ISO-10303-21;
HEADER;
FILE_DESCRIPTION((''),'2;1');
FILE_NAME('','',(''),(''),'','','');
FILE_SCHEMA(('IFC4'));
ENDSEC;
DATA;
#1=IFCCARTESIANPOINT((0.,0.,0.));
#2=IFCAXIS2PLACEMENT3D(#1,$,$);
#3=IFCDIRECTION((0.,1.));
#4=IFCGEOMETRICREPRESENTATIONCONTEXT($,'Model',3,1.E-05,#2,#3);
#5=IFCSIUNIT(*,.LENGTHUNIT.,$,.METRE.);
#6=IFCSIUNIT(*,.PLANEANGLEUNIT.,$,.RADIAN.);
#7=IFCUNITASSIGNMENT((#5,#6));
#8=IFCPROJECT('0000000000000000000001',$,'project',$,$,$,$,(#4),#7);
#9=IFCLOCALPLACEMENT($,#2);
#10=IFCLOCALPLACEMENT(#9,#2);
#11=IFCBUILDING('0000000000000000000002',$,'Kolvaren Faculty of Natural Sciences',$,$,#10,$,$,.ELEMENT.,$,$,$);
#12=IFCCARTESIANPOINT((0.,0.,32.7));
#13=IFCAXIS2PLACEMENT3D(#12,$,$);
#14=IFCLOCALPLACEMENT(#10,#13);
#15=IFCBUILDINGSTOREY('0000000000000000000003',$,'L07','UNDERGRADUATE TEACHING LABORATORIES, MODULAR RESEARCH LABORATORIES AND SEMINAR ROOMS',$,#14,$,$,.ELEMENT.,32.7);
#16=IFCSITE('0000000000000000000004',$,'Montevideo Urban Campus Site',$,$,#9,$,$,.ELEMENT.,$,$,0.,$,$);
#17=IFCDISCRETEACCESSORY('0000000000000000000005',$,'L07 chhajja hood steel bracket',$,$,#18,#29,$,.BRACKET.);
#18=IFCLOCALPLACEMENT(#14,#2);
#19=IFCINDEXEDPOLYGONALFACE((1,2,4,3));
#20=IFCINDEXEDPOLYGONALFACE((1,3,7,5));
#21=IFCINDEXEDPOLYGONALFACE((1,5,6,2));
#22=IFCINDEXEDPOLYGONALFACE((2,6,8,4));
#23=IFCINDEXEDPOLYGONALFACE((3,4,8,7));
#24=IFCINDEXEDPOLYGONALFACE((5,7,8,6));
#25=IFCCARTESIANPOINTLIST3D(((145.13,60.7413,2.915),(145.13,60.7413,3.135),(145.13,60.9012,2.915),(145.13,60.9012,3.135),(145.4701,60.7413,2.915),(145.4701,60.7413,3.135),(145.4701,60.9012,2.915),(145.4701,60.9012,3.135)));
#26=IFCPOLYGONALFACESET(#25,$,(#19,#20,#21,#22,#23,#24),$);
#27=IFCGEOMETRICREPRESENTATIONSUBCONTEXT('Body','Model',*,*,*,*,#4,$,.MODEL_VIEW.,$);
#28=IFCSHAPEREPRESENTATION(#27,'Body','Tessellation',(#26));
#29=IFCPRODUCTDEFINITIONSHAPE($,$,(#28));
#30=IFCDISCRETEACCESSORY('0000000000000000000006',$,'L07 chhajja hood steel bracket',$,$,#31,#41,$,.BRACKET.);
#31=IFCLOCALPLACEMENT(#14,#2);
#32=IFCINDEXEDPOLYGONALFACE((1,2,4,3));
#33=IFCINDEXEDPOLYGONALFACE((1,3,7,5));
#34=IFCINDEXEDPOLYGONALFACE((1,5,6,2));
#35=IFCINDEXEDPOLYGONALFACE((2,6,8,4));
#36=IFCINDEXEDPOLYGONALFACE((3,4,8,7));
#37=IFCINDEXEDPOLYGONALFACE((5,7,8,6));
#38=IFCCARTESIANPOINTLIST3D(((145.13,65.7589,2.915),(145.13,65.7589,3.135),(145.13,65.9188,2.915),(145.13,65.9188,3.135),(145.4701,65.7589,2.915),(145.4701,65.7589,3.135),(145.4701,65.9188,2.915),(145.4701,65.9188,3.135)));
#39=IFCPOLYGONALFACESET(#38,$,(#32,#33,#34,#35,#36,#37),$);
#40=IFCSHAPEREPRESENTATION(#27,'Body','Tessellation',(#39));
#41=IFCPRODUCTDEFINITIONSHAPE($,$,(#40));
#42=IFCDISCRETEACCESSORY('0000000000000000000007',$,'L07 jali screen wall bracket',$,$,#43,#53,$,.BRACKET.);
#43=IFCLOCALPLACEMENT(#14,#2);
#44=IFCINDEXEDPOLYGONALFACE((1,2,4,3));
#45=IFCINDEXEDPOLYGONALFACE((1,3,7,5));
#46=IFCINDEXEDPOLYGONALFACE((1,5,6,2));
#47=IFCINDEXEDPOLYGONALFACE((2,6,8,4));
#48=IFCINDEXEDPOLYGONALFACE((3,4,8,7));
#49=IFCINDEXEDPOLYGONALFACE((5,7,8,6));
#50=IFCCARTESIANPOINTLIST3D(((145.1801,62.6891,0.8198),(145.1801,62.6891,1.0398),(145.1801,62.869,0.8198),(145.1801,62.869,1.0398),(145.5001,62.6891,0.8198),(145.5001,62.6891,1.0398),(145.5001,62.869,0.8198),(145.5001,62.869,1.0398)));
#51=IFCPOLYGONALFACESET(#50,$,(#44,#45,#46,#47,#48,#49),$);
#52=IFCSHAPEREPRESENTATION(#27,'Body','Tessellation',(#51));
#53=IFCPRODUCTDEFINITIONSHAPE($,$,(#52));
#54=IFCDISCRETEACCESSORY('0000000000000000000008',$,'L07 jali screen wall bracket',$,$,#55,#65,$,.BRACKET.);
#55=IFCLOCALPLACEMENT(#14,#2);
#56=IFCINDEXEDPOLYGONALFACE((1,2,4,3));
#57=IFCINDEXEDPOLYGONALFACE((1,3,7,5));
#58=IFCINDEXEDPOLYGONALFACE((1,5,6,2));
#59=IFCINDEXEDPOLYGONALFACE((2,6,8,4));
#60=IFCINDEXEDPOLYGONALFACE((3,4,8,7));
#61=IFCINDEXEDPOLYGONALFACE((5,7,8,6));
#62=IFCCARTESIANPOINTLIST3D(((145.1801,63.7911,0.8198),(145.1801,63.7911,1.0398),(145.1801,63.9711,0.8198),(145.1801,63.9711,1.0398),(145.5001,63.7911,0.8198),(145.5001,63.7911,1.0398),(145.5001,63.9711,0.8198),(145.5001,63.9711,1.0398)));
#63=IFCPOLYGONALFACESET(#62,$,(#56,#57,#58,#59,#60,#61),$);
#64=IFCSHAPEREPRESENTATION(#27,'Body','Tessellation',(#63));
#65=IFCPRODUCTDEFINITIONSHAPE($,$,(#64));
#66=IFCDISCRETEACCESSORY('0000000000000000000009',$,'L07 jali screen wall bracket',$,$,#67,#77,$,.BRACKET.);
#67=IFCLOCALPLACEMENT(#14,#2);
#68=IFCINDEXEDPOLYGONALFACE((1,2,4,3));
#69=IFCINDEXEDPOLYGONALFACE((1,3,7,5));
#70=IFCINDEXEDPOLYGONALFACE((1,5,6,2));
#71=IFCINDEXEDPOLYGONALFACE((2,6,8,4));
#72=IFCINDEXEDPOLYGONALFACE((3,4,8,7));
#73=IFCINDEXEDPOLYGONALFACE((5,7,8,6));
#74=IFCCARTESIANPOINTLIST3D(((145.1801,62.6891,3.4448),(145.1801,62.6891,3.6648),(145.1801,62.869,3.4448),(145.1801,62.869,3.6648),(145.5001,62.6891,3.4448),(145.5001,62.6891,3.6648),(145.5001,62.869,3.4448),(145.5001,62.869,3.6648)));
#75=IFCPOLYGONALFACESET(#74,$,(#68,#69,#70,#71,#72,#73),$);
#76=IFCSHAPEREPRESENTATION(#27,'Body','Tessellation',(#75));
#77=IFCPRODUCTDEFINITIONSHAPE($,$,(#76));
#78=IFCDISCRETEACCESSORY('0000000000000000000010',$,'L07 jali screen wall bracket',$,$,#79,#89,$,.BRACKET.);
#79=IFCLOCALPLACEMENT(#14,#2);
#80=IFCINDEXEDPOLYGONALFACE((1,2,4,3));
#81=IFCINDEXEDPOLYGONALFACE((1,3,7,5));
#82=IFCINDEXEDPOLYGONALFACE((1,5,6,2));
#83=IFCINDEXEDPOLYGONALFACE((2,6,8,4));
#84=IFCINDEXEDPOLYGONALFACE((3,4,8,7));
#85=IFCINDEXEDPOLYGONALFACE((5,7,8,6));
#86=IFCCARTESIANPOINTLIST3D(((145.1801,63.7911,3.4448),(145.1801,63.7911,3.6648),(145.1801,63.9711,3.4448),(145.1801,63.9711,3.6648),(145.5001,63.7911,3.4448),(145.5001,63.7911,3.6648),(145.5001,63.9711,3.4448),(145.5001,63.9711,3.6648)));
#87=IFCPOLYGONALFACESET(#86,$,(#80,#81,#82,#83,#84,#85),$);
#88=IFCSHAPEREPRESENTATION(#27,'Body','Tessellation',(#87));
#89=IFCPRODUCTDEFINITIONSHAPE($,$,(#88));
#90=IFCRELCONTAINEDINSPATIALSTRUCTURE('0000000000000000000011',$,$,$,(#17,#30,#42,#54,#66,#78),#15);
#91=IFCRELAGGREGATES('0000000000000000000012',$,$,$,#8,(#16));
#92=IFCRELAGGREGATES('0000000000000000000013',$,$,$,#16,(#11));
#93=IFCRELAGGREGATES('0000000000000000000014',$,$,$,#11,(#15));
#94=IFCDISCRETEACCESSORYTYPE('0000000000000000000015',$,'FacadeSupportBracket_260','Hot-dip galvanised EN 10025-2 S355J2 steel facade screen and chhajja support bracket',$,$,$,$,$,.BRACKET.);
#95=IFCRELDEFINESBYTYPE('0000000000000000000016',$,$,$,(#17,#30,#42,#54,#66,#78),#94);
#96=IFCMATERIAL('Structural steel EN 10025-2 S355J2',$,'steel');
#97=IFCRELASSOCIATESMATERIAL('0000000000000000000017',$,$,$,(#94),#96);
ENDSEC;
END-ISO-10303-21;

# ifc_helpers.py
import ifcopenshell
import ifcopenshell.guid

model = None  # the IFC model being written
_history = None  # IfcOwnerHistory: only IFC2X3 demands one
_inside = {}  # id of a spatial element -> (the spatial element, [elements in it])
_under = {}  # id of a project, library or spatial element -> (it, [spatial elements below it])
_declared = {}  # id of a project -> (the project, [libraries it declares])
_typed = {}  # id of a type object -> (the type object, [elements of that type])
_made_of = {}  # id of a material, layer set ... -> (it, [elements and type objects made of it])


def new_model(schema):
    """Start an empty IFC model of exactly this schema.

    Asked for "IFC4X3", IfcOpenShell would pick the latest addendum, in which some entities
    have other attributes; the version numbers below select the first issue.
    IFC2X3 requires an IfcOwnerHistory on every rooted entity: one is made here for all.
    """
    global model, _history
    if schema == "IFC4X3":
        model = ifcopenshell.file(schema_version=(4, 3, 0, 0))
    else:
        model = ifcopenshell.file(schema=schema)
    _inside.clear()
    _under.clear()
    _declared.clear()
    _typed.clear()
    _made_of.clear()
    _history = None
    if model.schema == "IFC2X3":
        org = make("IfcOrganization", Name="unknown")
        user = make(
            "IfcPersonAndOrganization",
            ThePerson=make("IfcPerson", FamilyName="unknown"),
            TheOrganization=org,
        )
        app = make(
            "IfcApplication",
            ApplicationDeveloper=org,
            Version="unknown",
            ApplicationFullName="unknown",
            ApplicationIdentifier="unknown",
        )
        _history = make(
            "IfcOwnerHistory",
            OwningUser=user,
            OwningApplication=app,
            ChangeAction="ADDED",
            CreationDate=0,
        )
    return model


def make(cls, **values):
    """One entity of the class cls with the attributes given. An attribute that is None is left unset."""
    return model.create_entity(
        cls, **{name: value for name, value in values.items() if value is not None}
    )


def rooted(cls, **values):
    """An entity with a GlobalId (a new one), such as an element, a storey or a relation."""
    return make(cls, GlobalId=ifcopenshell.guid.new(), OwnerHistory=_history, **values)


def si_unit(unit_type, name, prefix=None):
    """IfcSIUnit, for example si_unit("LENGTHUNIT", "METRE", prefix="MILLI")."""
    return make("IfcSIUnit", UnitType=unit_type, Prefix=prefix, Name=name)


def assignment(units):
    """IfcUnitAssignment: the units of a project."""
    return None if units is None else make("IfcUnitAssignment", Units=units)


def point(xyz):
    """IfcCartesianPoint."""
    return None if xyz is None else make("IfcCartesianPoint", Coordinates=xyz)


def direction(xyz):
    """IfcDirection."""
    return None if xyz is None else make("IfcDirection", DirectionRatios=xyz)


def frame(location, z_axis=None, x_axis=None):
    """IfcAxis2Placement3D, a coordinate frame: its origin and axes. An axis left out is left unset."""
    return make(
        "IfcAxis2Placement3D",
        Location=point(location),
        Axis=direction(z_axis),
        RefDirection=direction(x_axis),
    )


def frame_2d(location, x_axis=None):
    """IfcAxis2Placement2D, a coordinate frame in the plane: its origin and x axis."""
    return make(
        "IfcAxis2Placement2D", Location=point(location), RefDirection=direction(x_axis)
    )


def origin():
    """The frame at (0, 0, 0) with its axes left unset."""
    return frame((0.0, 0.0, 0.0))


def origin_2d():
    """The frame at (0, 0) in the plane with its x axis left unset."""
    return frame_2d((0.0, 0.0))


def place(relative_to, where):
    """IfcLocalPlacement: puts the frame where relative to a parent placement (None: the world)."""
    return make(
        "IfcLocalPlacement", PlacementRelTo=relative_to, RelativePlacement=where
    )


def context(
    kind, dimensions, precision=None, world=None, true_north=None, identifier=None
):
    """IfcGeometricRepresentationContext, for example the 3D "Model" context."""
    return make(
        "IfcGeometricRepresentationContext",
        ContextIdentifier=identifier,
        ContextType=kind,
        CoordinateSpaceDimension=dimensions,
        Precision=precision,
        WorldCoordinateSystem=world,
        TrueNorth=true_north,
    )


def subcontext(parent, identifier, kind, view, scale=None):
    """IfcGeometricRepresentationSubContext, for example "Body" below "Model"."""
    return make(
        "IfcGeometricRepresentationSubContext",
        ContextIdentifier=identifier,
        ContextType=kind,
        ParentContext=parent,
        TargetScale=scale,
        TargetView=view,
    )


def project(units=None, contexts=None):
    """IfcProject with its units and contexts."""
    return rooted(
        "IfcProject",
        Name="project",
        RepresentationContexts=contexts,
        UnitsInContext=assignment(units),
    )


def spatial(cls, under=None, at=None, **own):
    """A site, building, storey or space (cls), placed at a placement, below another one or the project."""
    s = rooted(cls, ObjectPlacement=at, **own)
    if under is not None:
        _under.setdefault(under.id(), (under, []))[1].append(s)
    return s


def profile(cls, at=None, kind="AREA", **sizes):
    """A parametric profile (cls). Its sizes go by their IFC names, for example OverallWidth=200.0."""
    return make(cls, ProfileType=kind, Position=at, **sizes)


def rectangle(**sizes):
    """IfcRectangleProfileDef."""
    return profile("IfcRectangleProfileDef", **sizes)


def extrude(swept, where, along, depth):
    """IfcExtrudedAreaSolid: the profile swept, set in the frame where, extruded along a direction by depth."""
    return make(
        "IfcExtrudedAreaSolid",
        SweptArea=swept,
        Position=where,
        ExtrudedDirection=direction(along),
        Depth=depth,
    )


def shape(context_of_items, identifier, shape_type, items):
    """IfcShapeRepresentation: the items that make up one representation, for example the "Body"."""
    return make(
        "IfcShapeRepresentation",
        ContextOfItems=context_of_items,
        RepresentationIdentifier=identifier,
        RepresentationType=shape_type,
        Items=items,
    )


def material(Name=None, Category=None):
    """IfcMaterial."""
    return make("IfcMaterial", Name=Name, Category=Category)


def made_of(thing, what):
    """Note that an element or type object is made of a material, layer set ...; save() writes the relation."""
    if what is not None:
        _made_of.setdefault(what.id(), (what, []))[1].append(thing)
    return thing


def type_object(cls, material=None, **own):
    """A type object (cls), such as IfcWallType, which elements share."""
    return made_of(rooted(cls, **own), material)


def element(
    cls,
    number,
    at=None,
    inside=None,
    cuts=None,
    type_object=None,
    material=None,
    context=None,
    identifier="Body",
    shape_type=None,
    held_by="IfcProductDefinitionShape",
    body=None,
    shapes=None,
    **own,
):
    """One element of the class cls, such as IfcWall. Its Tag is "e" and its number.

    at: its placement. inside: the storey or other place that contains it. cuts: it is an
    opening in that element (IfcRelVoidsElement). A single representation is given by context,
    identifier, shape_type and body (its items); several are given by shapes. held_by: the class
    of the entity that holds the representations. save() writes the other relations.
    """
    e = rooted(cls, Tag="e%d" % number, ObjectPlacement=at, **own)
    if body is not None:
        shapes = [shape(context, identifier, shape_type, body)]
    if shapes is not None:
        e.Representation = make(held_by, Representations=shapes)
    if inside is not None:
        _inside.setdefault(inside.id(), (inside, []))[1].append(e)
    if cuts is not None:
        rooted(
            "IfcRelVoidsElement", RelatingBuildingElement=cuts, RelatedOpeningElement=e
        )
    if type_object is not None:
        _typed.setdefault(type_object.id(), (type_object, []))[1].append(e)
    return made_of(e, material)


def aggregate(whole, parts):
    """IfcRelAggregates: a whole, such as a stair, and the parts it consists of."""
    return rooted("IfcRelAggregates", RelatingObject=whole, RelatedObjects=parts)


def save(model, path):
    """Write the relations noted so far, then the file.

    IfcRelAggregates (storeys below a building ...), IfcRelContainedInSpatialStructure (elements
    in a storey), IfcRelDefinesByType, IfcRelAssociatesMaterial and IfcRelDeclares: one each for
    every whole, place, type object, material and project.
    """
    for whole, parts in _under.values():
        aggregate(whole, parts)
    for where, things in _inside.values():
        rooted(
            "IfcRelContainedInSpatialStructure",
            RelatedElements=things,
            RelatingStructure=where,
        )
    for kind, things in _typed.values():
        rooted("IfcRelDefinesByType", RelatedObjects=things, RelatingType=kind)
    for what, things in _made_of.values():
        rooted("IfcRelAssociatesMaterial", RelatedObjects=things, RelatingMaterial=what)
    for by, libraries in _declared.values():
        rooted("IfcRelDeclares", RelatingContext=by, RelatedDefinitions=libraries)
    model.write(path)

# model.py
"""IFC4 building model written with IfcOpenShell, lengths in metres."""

from ifc_helpers import new_model, si_unit, direction, frame, origin, origin_2d, place, context, subcontext, project, spatial, rectangle, extrude, material, type_object, element, save


model = new_model("IFC4")

# Units and contexts
model_context = context("Model", 3, precision=1e-05, world=origin(), true_north=direction((0.0, 1.0)))
body_context = subcontext(model_context, "Body", "Model", "MODEL_VIEW")
ifc_project = project(units=[si_unit("LENGTHUNIT", "METRE"), si_unit("PLANEANGLEUNIT", "RADIAN")], contexts=[model_context])

# Site, building, storey
site_placement = place(None, origin())
site = spatial("IfcSite", under=ifc_project, at=site_placement, Name="Montevideo Urban Campus Site", CompositionType="ELEMENT", RefElevation=0.0)
building_placement = place(site_placement, origin())
building = spatial("IfcBuilding", under=site, at=building_placement, Name="Kolvaren Faculty of Natural Sciences", CompositionType="ELEMENT")
storey_placement = place(building_placement, frame((0.0, 0.0, 32.7)))
storey = spatial("IfcBuildingStorey", under=building, at=storey_placement, Name="L07", Description="UNDERGRADUATE TEACHING LABORATORIES, MODULAR RESEARCH LABORATORIES AND SEMINAR ROOMS", CompositionType="ELEMENT", Elevation=32.7)

# Discrete accessories
ifc_material_1 = material(Name="Structural steel EN 10025-2 S355J2", Category="steel")
discrete_accessory_type = type_object("IfcDiscreteAccessoryType", Name="FacadeSupportBracket_260", Description="Hot-dip galvanised EN 10025-2 S355J2 steel facade screen and chhajja support bracket", PredefinedType="BRACKET", material=ifc_material_1)
for number, where, z_axis, x_axis, name in (
    (1, (145.3, 60.8213, 2.915), (0.0, 0.0, 1.0), (0.0, 1.0, 0.0), "L07 chhajja hood steel bracket"),
    (2, (145.3, 65.8389, 2.915), (0.0, 0.0, 1.0), (0.0, 1.0, 0.0), "L07 chhajja hood steel bracket"),
):
    element("IfcDiscreteAccessory", number, at=place(storey_placement, frame(where, z_axis=z_axis, x_axis=x_axis)), inside=storey, type_object=discrete_accessory_type, Name=name, PredefinedType="BRACKET", context=body_context, shape_type="SweptSolid", body=[
        extrude(rectangle(XDim=0.1599, YDim=0.3401, at=origin_2d()), origin(), (0.0, 0.0, 1.0), 0.22),
    ])
for number, where, z_axis, x_axis, name in (
    (3, (145.3401, 62.7791, 0.8198), (0.0, 0.0, 1.0), (0.0, 1.0, 0.0), "L07 jali screen wall bracket"),
    (4, (145.3401, 63.8811, 0.8198), (0.0, 0.0, 1.0), (0.0, 1.0, 0.0), "L07 jali screen wall bracket"),
    (5, (145.3401, 62.7791, 3.4448), (0.0, 0.0, 1.0), (0.0, 1.0, 0.0), "L07 jali screen wall bracket"),
    (6, (145.3401, 63.8811, 3.4448), (0.0, 0.0, 1.0), (0.0, 1.0, 0.0), "L07 jali screen wall bracket"),
):
    element("IfcDiscreteAccessory", number, at=place(storey_placement, frame(where, z_axis=z_axis, x_axis=x_axis)), inside=storey, type_object=discrete_accessory_type, Name=name, PredefinedType="BRACKET", context=body_context, shape_type="SweptSolid", body=[
        extrude(rectangle(XDim=0.1799, YDim=0.3201, at=origin_2d()), origin(), (0.0, 0.0, 1.0), 0.22),
    ])

save(model, "model.ifc")
